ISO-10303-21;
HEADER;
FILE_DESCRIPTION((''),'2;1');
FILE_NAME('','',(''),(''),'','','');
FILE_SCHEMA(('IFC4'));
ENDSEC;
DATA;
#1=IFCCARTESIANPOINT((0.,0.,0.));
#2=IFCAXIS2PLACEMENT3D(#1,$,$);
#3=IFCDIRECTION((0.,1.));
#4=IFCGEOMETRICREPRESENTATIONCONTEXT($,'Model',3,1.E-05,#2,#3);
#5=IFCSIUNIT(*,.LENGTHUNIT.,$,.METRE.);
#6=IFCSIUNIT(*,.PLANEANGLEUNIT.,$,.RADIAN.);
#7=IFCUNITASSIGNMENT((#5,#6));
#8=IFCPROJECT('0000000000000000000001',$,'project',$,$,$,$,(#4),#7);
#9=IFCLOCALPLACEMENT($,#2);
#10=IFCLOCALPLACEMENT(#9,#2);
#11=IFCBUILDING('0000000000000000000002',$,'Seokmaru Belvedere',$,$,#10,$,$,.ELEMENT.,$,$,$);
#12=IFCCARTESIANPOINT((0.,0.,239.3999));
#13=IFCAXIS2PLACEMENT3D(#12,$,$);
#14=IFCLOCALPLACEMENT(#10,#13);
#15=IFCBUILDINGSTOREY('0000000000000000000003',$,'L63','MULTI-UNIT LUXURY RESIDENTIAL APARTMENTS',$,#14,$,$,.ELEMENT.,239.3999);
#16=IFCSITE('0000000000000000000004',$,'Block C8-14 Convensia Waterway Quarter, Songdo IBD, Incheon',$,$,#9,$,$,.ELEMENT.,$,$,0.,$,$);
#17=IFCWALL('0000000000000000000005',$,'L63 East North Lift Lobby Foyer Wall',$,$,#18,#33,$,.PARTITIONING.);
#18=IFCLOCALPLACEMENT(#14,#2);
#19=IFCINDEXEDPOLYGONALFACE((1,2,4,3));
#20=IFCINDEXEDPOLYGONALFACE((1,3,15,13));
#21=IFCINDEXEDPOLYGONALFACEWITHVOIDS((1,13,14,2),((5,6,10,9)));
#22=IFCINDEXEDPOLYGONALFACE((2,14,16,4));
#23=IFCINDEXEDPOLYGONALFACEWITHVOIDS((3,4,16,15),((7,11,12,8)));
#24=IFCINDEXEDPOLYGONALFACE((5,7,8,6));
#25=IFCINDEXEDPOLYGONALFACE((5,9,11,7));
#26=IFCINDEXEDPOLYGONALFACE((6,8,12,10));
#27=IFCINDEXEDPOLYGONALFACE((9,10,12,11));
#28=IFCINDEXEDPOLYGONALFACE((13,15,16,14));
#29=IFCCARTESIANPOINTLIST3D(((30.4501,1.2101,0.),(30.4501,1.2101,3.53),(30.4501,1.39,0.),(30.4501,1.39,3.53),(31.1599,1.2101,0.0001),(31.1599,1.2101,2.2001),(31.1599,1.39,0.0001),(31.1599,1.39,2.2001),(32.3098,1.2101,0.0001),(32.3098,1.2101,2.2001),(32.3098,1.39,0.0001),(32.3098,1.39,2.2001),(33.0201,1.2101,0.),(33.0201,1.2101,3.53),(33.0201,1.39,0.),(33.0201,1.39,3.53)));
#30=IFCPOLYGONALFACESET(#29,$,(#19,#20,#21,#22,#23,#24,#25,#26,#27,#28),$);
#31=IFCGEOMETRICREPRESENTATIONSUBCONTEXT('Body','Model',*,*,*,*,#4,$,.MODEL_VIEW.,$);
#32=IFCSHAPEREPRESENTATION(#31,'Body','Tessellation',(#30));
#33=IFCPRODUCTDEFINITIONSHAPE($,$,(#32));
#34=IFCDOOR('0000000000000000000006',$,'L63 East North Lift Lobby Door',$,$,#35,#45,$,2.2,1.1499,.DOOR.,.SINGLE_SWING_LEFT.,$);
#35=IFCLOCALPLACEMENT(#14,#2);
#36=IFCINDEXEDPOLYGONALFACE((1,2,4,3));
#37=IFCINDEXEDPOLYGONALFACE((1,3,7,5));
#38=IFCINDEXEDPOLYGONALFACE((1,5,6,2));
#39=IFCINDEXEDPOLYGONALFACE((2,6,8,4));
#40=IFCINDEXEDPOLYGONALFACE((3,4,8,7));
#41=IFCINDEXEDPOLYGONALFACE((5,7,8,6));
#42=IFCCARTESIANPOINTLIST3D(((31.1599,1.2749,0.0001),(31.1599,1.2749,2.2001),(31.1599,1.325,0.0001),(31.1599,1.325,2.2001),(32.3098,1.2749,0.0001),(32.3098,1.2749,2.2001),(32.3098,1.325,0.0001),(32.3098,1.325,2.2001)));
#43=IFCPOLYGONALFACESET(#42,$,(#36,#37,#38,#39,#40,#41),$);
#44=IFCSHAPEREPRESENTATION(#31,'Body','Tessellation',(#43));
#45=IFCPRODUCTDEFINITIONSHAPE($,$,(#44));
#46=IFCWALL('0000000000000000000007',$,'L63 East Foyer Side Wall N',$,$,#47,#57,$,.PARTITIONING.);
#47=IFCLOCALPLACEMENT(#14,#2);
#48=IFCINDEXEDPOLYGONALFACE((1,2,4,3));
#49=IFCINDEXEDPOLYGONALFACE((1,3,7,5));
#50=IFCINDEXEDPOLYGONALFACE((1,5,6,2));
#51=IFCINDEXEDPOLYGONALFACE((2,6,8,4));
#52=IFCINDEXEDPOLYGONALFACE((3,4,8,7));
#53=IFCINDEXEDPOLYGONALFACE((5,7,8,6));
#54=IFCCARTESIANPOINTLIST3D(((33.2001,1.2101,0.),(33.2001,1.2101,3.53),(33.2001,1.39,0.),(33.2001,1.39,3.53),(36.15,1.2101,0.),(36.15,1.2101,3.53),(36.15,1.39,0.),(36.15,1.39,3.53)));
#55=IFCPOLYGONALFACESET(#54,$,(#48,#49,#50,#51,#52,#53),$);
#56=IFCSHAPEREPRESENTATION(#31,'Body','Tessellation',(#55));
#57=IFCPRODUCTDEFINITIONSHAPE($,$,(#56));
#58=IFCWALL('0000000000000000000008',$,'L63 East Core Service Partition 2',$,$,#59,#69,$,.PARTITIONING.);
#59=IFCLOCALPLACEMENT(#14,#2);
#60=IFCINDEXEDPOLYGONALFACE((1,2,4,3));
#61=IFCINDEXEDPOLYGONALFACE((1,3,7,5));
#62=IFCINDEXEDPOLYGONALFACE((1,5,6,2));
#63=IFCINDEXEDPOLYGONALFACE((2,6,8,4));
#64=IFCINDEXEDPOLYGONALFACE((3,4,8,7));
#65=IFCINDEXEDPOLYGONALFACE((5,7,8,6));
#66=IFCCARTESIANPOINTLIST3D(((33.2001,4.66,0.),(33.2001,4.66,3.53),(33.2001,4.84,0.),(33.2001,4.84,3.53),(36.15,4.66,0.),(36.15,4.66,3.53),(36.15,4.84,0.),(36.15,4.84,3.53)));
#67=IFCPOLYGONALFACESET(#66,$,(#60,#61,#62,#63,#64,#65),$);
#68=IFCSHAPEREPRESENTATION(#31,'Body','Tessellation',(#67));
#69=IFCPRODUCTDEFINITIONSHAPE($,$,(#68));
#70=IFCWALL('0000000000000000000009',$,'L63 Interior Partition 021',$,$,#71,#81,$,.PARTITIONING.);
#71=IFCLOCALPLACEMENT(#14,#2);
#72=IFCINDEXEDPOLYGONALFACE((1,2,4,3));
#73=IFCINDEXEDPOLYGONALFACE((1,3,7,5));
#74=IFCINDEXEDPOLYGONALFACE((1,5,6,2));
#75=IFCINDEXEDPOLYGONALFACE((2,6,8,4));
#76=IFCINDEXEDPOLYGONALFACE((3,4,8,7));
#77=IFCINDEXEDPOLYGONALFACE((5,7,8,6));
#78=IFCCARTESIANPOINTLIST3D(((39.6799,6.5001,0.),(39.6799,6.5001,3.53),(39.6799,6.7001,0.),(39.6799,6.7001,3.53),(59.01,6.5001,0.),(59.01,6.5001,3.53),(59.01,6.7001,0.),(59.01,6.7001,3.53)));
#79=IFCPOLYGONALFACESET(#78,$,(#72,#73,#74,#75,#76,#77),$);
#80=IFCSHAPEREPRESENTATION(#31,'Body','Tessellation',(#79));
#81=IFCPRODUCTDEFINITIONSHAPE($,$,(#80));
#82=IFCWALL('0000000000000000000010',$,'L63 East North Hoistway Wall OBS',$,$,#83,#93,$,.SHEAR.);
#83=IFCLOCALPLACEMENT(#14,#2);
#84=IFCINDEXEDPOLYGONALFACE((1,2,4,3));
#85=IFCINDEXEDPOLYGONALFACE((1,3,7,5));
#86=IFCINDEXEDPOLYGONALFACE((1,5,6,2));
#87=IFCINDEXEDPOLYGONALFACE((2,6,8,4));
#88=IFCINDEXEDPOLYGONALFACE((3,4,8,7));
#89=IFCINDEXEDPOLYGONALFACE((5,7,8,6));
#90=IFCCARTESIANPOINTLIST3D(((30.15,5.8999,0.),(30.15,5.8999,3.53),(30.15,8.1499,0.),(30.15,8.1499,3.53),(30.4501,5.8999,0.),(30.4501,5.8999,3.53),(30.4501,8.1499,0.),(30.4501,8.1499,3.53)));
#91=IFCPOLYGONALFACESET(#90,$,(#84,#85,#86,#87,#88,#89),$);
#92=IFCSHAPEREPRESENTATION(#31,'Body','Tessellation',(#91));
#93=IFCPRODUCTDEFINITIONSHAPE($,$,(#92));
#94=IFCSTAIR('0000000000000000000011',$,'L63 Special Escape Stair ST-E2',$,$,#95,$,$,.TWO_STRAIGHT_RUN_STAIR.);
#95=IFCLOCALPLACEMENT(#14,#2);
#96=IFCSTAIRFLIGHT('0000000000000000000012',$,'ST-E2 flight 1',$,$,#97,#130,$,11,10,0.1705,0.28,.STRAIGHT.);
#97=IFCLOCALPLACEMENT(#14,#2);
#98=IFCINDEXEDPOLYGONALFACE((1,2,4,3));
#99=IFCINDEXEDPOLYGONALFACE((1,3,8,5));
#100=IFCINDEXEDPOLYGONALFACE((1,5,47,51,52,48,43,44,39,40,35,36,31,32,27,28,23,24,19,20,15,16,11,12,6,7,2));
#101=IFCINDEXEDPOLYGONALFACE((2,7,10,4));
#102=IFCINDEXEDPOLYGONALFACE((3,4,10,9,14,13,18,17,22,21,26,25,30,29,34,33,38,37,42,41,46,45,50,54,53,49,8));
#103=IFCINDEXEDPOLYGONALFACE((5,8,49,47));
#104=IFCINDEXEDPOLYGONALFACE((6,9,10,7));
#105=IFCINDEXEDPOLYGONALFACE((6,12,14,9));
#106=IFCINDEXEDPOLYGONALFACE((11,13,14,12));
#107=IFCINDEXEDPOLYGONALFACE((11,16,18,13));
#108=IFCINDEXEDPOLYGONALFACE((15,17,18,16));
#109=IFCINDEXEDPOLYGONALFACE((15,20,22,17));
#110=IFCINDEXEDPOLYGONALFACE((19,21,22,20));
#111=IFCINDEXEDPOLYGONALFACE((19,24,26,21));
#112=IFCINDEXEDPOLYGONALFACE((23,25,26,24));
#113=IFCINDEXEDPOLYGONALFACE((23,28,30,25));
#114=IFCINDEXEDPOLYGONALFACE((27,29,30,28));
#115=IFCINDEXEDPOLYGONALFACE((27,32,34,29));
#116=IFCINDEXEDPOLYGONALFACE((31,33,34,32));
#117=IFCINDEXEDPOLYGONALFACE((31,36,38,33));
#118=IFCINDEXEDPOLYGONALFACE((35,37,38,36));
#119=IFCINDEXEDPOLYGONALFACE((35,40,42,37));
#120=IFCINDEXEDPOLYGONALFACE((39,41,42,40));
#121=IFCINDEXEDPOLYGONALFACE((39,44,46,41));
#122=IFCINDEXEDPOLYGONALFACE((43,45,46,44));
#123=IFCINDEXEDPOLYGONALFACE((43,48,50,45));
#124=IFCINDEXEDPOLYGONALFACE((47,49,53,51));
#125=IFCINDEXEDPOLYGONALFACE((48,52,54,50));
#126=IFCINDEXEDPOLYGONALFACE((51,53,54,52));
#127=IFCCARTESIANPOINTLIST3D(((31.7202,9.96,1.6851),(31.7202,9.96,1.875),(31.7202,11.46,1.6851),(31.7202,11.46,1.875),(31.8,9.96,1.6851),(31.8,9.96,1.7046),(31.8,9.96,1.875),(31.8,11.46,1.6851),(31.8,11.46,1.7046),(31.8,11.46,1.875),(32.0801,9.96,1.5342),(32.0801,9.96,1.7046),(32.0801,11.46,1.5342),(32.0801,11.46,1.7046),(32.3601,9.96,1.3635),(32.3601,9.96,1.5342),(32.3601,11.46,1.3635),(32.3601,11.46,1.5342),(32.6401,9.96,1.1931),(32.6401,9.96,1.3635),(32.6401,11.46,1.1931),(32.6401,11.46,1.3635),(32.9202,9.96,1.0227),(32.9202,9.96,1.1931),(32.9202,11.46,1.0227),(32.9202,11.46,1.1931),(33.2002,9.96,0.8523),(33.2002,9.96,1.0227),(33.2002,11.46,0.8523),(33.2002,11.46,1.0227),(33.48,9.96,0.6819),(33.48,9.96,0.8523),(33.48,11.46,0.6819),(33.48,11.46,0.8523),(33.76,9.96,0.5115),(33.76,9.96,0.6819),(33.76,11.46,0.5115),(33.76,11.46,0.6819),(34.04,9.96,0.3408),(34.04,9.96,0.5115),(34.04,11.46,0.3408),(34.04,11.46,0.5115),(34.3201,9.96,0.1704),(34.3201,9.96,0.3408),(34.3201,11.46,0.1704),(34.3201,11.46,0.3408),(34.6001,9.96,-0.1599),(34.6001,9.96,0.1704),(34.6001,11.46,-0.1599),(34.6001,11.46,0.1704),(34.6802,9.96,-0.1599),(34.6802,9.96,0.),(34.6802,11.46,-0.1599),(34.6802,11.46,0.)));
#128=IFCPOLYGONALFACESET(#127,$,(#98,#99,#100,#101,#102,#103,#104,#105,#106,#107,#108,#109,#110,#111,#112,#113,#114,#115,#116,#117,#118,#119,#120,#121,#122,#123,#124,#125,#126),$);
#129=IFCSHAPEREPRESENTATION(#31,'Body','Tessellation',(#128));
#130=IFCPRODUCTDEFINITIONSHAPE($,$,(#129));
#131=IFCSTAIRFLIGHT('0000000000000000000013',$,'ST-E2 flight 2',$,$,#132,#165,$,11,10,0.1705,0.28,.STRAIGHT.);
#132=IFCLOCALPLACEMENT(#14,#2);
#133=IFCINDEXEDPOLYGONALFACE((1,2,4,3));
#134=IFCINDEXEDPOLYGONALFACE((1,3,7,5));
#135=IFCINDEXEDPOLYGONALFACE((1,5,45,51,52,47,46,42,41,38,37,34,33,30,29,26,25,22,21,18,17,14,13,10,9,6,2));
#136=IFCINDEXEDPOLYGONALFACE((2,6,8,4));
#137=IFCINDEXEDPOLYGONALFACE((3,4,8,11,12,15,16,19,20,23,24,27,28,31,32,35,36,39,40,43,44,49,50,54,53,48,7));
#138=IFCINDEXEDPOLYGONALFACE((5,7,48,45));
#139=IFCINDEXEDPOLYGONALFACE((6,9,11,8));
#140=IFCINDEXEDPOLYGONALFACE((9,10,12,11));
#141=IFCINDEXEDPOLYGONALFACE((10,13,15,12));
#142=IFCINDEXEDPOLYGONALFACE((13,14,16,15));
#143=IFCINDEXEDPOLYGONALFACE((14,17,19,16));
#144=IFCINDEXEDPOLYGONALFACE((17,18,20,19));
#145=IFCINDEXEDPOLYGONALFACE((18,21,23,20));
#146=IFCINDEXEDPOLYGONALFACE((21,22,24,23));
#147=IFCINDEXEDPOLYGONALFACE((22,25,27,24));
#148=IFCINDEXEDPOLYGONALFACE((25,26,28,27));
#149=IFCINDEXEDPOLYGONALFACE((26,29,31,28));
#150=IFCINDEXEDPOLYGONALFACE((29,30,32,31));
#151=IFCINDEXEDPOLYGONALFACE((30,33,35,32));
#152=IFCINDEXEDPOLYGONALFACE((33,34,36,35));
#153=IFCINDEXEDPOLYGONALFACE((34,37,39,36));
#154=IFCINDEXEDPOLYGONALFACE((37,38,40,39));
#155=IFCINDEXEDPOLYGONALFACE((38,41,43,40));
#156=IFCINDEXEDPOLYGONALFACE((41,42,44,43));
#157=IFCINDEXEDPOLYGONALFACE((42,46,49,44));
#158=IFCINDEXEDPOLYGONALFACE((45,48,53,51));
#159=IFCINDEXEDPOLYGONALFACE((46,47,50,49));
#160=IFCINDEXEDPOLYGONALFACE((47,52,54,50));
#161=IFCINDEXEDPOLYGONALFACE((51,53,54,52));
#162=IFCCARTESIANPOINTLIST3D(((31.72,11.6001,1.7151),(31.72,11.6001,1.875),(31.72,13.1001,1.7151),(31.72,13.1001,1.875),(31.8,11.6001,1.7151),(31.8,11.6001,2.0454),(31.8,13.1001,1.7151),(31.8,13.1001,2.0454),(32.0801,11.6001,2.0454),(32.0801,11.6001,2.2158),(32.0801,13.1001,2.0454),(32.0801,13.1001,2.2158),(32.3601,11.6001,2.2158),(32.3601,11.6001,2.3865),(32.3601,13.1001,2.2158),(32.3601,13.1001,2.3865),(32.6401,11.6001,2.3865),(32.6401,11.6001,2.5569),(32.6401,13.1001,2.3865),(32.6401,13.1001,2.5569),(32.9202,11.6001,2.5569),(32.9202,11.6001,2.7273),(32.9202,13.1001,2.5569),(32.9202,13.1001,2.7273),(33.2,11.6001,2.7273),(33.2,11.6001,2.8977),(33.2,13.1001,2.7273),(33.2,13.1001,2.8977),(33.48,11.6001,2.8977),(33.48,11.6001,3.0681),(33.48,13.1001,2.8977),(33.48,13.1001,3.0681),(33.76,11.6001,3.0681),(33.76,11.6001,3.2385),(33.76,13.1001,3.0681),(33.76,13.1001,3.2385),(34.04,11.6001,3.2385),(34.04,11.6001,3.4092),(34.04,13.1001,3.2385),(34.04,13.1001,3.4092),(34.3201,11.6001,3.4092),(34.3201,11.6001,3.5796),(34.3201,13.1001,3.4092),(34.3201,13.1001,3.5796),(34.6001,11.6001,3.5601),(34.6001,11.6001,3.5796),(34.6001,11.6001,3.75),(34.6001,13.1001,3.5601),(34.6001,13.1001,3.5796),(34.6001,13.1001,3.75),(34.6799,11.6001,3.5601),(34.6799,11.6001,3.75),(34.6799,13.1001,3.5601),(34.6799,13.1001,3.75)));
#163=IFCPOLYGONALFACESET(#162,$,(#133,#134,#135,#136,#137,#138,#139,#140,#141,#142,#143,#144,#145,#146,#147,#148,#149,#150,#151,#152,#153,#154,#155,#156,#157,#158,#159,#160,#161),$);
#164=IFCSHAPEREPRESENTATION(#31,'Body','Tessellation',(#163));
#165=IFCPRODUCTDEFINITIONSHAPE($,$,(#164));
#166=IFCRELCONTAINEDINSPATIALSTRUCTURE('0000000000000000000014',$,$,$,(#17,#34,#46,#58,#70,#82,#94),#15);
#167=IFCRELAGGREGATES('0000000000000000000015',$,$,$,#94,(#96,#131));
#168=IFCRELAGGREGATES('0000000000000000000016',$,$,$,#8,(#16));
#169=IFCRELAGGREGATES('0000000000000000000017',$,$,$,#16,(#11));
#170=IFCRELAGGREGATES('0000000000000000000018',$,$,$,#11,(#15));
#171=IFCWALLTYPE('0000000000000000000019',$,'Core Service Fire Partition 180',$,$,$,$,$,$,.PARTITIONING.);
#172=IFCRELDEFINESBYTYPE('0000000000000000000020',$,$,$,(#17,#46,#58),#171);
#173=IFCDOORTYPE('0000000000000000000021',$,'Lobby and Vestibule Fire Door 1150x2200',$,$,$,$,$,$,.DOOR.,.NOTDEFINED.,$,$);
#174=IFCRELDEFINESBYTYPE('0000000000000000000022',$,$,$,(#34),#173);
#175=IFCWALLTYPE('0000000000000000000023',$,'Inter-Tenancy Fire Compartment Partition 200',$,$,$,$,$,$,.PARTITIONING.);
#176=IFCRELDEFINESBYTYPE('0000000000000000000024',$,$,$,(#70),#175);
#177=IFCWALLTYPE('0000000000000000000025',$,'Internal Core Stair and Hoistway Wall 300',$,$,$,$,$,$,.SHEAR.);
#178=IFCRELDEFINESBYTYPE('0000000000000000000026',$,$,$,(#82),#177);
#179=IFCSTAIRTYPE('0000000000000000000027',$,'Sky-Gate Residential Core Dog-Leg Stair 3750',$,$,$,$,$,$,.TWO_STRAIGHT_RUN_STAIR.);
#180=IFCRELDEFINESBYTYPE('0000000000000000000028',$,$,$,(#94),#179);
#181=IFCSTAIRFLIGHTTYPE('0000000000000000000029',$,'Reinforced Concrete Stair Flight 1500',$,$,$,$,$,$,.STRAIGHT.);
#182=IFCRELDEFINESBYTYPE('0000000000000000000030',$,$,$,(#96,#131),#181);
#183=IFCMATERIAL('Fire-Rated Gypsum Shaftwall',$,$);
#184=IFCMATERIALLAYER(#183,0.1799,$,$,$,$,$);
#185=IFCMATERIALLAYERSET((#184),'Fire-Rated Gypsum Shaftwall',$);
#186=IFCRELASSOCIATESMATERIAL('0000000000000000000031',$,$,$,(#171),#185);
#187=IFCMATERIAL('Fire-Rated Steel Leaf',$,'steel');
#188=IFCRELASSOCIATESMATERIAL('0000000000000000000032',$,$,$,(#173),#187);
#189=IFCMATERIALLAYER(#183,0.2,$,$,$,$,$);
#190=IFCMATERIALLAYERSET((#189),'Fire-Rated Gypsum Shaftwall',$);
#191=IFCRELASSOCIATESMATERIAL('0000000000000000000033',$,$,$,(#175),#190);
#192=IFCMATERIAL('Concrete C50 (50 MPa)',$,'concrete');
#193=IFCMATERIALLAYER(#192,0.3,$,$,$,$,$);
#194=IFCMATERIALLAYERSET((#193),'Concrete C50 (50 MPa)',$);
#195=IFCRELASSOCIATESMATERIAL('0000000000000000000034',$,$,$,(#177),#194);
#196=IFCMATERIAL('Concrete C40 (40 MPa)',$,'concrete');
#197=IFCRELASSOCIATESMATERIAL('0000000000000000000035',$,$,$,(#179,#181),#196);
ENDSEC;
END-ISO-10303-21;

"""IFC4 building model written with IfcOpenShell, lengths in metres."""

from ifc_helpers import new_model, si_unit, direction, frame, frame_2d, origin, place, context, subcontext, project, spatial, polyline, rectangle, outline, extrude, source, transform, mapped, material, layer, layer_set, type_object, type_shapes, element, fill, aggregate, save


model = new_model("IFC4")

# Units and contexts
model_context = context("Model", 3, precision=1e-05, world=origin(), true_north=direction((0.0, 1.0)))
body_context = subcontext(model_context, "Body", "Model", "MODEL_VIEW")
ifc_project = project(units=[si_unit("LENGTHUNIT", "METRE"), si_unit("PLANEANGLEUNIT", "RADIAN")], contexts=[model_context])

# Site, building, storey
site_placement = place(None, origin())
site = spatial("IfcSite", under=ifc_project, at=site_placement, Name="Block C8-14 Convensia Waterway Quarter, Songdo IBD, Incheon", CompositionType="ELEMENT", RefElevation=0.0)
building_placement = place(site_placement, origin())
building = spatial("IfcBuilding", under=site, at=building_placement, Name="Seokmaru Belvedere", CompositionType="ELEMENT")
storey_placement = place(building_placement, frame((0.0, 0.0, 239.3999)))
storey = spatial("IfcBuildingStorey", under=building, at=storey_placement, Name="L63", Description="MULTI-UNIT LUXURY RESIDENTIAL APARTMENTS", CompositionType="ELEMENT", Elevation=239.3999)

# Shared definitions
ifc_material_1 = material(Name="Fire-Rated Gypsum Shaftwall")

# Shared definitions
ifc_layer_1 = layer(ifc_material_1, 0.1799)
ifc_layer_set_1 = layer_set([ifc_layer_1], Name="Fire-Rated Gypsum Shaftwall")
wall_type_1 = type_object("IfcWallType", Name="Core Service Fire Partition 180", PredefinedType="PARTITIONING", material=ifc_layer_set_1)

# Wall, opening, door
wall_1_placement = place(storey_placement, frame((30.45, 1.3, 0.0), z_axis=(0.0, 0.0, 1.0), x_axis=(1.0, 0.0, 0.0)))
wall_1 = element("IfcWall", 1, at=wall_1_placement, inside=storey, type_object=wall_type_1, Name="L63 East North Lift Lobby Foyer Wall", PredefinedType="PARTITIONING", context=body_context, shape_type="SweptSolid", body=[
    extrude(rectangle(XDim=2.5701, YDim=0.1799, at=frame_2d((1.2852, 0.0))), origin(), (0.0, 0.0, 1.0), 3.53),
])
opening_1_placement = place(wall_1_placement, frame((0.71, 0.0, 0.0)))
opening_1 = element("IfcOpeningElement", 2, at=opening_1_placement, cuts=wall_1, PredefinedType="OPENING", context=body_context, shape_type="SweptSolid", body=[
    extrude(rectangle(XDim=1.1499, YDim=2.2, at=frame_2d((0.575, 1.1001))), frame((0.0, 0.1001, 0.0), z_axis=(0.0, -1.0, 0.0), x_axis=(1.0, 0.0, 0.0)), (0.0, 0.0, 1.0), 0.2),
])
ifc_material_2 = material(Name="Fire-Rated Steel Leaf", Category="steel")
door_type_1 = type_object("IfcDoorType", Name="Lobby and Vestibule Fire Door 1150x2200", OperationType="NOTDEFINED", PredefinedType="DOOR", material=ifc_material_2)
shared_shape_1 = source(origin(), body_context, "Body", "SweptSolid", [
    extrude(rectangle(XDim=1.1499, YDim=2.2, at=frame_2d((0.575, 1.1001))), frame((0.0, 0.0249, 0.0), z_axis=(0.0, -1.0, 0.0), x_axis=(1.0, 0.0, 0.0)), (0.0, 0.0, 1.0), 0.05),
])
type_shapes(door_type_1, [shared_shape_1])
door_1_placement = place(opening_1_placement, origin())
door_1 = element("IfcDoor", 3, at=door_1_placement, inside=storey, type_object=door_type_1, Name="L63 East North Lift Lobby Door", OperationType="SINGLE_SWING_LEFT", OverallHeight=2.2, OverallWidth=1.1499, PredefinedType="DOOR", context=body_context, shape_type="MappedRepresentation", body=[
    mapped(shared_shape_1, transform((0.0, 0.0, 0.0), scale=1.0)),
])
fill(opening_1, door_1)

# Walls
for number, where, z_axis, x_axis, name in (
    (4, (33.2, 1.3, 0.0), (0.0, 0.0, 1.0), (1.0, 0.0, 0.0), "L63 East Foyer Side Wall N"),
    (5, (33.2, 4.75, 0.0), (0.0, 0.0, 1.0), (1.0, 0.0, 0.0), "L63 East Core Service Partition 2"),
):
    element("IfcWall", number, at=place(storey_placement, frame(where, z_axis=z_axis, x_axis=x_axis)), inside=storey, type_object=wall_type_1, Name=name, PredefinedType="PARTITIONING", context=body_context, shape_type="SweptSolid", body=[
        extrude(rectangle(XDim=2.95, YDim=0.1799, at=frame_2d((1.4751, 0.0))), origin(), (0.0, 0.0, 1.0), 3.53),
    ])
ifc_layer_2 = layer(ifc_material_1, 0.2)
ifc_layer_set_2 = layer_set([ifc_layer_2], Name="Fire-Rated Gypsum Shaftwall")
wall_type_2 = type_object("IfcWallType", Name="Inter-Tenancy Fire Compartment Partition 200", PredefinedType="PARTITIONING", material=ifc_layer_set_2)
wall_2_placement = place(storey_placement, frame((39.6799, 6.6001, 0.0), z_axis=(0.0, 0.0, 1.0), x_axis=(1.0, 0.0, 0.0)))
element("IfcWall", 6, at=wall_2_placement, inside=storey, type_object=wall_type_2, Name="L63 Interior Partition 021", PredefinedType="PARTITIONING", context=body_context, shape_type="SweptSolid", body=[
    extrude(rectangle(XDim=19.3301, YDim=0.2, at=frame_2d((9.665, 0.0))), origin(), (0.0, 0.0, 1.0), 3.53),
])
ifc_material_3 = material(Name="Concrete C50 (50 MPa)", Category="concrete")
ifc_layer_3 = layer(ifc_material_3, 0.3)
ifc_layer_set_3 = layer_set([ifc_layer_3], Name="Concrete C50 (50 MPa)")
wall_type_3 = type_object("IfcWallType", Name="Internal Core Stair and Hoistway Wall 300", PredefinedType="SHEAR", material=ifc_layer_set_3)
wall_3_placement = place(storey_placement, frame((30.3, 5.8999, 0.0), z_axis=(0.0, 0.0, 1.0), x_axis=(0.0, 1.0, 0.0)))
element("IfcWall", 7, at=wall_3_placement, inside=storey, type_object=wall_type_3, Name="L63 East North Hoistway Wall OBS", PredefinedType="SHEAR", context=body_context, shape_type="SweptSolid", body=[
    extrude(rectangle(XDim=2.25, YDim=0.3, at=frame_2d((1.125, 0.0))), origin(), (0.0, 0.0, 1.0), 3.53),
])

# Stair, stair flights
ifc_material_4 = material(Name="Concrete C40 (40 MPa)", Category="concrete")
stair_type = type_object("IfcStairType", Name="Sky-Gate Residential Core Dog-Leg Stair 3750", PredefinedType="TWO_STRAIGHT_RUN_STAIR", material=ifc_material_4)
stair_placement = place(storey_placement, origin())
stair = element("IfcStair", 8, at=stair_placement, inside=storey, type_object=stair_type, Name="L63 Special Escape Stair ST-E2", PredefinedType="TWO_STRAIGHT_RUN_STAIR")
stair_flight_type = type_object("IfcStairFlightType", Name="Reinforced Concrete Stair Flight 1500", PredefinedType="STRAIGHT", material=ifc_material_4)
stair_flight_1_placement = place(storey_placement, frame((34.6001, 10.71, 0.0), z_axis=(0.0, 0.0, 1.0), x_axis=(-1.0, 0.0, 0.0)))
stair_flight_1 = element("IfcStairFlight", 9, at=stair_flight_1_placement, type_object=stair_flight_type, Name="ST-E2 flight 1", NumberOfRisers=11, NumberOfTreads=10, PredefinedType="STRAIGHT", RiserHeight=0.1705, TreadLength=0.28, context=body_context, shape_type="SweptSolid", body=[
    extrude(outline(polyline([(-0.0801, 0.0), (0.0, 0.1704), (0.28, 0.1704), (0.28, 0.3408), (0.5601, 0.3408), (0.5601, 0.5115), (0.8401, 0.5115), (0.8401, 0.6819), (1.1201, 0.6819), (1.1201, 0.8523), (1.3999, 0.8523), (1.3999, 1.0227), (1.6799, 1.0227), (1.6799, 1.1931), (1.96, 1.1931), (1.96, 1.3635), (2.24, 1.3635), (2.24, 1.5342), (2.52, 1.5342), (2.52, 1.7046), (2.8, 1.7046), (2.8, 1.875), (2.8799, 1.875), (2.8799, 1.6851), (2.8, 1.6851), (0.0, -0.1599), (-0.0801, -0.1599), (-0.0801, 0.0)])), frame((0.0, 0.75, 0.0), z_axis=(0.0, -1.0, 0.0), x_axis=(1.0, 0.0, 0.0)), (0.0, 0.0, 1.0), 1.5),
])
stair_flight_2_placement = place(storey_placement, frame((31.8, 12.3501, 1.875), z_axis=(0.0, 0.0, 1.0), x_axis=(1.0, 0.0, 0.0)))
stair_flight_2 = element("IfcStairFlight", 10, at=stair_flight_2_placement, type_object=stair_flight_type, Name="ST-E2 flight 2", NumberOfRisers=11, NumberOfTreads=10, PredefinedType="STRAIGHT", RiserHeight=0.1705, TreadLength=0.28, context=body_context, shape_type="SweptSolid", body=[
    extrude(outline(polyline([(-0.0801, 0.0), (0.0, 0.1704), (0.28, 0.1704), (0.28, 0.3408), (0.5601, 0.3408), (0.5601, 0.5115), (0.8401, 0.5115), (0.8401, 0.6819), (1.1201, 0.6819), (1.1201, 0.8523), (1.3999, 0.8523), (1.3999, 1.0227), (1.6799, 1.0227), (1.6799, 1.1931), (1.96, 1.1931), (1.96, 1.3635), (2.24, 1.3635), (2.24, 1.5342), (2.52, 1.5342), (2.52, 1.7046), (2.8, 1.7046), (2.8, 1.875), (2.8799, 1.875), (2.8799, 1.6851), (2.8, 1.6851), (0.0, -0.1599), (-0.0801, -0.1599), (-0.0801, 0.0)])), frame((0.0, 0.75, 0.0), z_axis=(0.0, -1.0, 0.0), x_axis=(1.0, 0.0, 0.0)), (0.0, 0.0, 1.0), 1.5),
])
aggregate(stair, [stair_flight_1, stair_flight_2])

save(model, "model.ifc")
